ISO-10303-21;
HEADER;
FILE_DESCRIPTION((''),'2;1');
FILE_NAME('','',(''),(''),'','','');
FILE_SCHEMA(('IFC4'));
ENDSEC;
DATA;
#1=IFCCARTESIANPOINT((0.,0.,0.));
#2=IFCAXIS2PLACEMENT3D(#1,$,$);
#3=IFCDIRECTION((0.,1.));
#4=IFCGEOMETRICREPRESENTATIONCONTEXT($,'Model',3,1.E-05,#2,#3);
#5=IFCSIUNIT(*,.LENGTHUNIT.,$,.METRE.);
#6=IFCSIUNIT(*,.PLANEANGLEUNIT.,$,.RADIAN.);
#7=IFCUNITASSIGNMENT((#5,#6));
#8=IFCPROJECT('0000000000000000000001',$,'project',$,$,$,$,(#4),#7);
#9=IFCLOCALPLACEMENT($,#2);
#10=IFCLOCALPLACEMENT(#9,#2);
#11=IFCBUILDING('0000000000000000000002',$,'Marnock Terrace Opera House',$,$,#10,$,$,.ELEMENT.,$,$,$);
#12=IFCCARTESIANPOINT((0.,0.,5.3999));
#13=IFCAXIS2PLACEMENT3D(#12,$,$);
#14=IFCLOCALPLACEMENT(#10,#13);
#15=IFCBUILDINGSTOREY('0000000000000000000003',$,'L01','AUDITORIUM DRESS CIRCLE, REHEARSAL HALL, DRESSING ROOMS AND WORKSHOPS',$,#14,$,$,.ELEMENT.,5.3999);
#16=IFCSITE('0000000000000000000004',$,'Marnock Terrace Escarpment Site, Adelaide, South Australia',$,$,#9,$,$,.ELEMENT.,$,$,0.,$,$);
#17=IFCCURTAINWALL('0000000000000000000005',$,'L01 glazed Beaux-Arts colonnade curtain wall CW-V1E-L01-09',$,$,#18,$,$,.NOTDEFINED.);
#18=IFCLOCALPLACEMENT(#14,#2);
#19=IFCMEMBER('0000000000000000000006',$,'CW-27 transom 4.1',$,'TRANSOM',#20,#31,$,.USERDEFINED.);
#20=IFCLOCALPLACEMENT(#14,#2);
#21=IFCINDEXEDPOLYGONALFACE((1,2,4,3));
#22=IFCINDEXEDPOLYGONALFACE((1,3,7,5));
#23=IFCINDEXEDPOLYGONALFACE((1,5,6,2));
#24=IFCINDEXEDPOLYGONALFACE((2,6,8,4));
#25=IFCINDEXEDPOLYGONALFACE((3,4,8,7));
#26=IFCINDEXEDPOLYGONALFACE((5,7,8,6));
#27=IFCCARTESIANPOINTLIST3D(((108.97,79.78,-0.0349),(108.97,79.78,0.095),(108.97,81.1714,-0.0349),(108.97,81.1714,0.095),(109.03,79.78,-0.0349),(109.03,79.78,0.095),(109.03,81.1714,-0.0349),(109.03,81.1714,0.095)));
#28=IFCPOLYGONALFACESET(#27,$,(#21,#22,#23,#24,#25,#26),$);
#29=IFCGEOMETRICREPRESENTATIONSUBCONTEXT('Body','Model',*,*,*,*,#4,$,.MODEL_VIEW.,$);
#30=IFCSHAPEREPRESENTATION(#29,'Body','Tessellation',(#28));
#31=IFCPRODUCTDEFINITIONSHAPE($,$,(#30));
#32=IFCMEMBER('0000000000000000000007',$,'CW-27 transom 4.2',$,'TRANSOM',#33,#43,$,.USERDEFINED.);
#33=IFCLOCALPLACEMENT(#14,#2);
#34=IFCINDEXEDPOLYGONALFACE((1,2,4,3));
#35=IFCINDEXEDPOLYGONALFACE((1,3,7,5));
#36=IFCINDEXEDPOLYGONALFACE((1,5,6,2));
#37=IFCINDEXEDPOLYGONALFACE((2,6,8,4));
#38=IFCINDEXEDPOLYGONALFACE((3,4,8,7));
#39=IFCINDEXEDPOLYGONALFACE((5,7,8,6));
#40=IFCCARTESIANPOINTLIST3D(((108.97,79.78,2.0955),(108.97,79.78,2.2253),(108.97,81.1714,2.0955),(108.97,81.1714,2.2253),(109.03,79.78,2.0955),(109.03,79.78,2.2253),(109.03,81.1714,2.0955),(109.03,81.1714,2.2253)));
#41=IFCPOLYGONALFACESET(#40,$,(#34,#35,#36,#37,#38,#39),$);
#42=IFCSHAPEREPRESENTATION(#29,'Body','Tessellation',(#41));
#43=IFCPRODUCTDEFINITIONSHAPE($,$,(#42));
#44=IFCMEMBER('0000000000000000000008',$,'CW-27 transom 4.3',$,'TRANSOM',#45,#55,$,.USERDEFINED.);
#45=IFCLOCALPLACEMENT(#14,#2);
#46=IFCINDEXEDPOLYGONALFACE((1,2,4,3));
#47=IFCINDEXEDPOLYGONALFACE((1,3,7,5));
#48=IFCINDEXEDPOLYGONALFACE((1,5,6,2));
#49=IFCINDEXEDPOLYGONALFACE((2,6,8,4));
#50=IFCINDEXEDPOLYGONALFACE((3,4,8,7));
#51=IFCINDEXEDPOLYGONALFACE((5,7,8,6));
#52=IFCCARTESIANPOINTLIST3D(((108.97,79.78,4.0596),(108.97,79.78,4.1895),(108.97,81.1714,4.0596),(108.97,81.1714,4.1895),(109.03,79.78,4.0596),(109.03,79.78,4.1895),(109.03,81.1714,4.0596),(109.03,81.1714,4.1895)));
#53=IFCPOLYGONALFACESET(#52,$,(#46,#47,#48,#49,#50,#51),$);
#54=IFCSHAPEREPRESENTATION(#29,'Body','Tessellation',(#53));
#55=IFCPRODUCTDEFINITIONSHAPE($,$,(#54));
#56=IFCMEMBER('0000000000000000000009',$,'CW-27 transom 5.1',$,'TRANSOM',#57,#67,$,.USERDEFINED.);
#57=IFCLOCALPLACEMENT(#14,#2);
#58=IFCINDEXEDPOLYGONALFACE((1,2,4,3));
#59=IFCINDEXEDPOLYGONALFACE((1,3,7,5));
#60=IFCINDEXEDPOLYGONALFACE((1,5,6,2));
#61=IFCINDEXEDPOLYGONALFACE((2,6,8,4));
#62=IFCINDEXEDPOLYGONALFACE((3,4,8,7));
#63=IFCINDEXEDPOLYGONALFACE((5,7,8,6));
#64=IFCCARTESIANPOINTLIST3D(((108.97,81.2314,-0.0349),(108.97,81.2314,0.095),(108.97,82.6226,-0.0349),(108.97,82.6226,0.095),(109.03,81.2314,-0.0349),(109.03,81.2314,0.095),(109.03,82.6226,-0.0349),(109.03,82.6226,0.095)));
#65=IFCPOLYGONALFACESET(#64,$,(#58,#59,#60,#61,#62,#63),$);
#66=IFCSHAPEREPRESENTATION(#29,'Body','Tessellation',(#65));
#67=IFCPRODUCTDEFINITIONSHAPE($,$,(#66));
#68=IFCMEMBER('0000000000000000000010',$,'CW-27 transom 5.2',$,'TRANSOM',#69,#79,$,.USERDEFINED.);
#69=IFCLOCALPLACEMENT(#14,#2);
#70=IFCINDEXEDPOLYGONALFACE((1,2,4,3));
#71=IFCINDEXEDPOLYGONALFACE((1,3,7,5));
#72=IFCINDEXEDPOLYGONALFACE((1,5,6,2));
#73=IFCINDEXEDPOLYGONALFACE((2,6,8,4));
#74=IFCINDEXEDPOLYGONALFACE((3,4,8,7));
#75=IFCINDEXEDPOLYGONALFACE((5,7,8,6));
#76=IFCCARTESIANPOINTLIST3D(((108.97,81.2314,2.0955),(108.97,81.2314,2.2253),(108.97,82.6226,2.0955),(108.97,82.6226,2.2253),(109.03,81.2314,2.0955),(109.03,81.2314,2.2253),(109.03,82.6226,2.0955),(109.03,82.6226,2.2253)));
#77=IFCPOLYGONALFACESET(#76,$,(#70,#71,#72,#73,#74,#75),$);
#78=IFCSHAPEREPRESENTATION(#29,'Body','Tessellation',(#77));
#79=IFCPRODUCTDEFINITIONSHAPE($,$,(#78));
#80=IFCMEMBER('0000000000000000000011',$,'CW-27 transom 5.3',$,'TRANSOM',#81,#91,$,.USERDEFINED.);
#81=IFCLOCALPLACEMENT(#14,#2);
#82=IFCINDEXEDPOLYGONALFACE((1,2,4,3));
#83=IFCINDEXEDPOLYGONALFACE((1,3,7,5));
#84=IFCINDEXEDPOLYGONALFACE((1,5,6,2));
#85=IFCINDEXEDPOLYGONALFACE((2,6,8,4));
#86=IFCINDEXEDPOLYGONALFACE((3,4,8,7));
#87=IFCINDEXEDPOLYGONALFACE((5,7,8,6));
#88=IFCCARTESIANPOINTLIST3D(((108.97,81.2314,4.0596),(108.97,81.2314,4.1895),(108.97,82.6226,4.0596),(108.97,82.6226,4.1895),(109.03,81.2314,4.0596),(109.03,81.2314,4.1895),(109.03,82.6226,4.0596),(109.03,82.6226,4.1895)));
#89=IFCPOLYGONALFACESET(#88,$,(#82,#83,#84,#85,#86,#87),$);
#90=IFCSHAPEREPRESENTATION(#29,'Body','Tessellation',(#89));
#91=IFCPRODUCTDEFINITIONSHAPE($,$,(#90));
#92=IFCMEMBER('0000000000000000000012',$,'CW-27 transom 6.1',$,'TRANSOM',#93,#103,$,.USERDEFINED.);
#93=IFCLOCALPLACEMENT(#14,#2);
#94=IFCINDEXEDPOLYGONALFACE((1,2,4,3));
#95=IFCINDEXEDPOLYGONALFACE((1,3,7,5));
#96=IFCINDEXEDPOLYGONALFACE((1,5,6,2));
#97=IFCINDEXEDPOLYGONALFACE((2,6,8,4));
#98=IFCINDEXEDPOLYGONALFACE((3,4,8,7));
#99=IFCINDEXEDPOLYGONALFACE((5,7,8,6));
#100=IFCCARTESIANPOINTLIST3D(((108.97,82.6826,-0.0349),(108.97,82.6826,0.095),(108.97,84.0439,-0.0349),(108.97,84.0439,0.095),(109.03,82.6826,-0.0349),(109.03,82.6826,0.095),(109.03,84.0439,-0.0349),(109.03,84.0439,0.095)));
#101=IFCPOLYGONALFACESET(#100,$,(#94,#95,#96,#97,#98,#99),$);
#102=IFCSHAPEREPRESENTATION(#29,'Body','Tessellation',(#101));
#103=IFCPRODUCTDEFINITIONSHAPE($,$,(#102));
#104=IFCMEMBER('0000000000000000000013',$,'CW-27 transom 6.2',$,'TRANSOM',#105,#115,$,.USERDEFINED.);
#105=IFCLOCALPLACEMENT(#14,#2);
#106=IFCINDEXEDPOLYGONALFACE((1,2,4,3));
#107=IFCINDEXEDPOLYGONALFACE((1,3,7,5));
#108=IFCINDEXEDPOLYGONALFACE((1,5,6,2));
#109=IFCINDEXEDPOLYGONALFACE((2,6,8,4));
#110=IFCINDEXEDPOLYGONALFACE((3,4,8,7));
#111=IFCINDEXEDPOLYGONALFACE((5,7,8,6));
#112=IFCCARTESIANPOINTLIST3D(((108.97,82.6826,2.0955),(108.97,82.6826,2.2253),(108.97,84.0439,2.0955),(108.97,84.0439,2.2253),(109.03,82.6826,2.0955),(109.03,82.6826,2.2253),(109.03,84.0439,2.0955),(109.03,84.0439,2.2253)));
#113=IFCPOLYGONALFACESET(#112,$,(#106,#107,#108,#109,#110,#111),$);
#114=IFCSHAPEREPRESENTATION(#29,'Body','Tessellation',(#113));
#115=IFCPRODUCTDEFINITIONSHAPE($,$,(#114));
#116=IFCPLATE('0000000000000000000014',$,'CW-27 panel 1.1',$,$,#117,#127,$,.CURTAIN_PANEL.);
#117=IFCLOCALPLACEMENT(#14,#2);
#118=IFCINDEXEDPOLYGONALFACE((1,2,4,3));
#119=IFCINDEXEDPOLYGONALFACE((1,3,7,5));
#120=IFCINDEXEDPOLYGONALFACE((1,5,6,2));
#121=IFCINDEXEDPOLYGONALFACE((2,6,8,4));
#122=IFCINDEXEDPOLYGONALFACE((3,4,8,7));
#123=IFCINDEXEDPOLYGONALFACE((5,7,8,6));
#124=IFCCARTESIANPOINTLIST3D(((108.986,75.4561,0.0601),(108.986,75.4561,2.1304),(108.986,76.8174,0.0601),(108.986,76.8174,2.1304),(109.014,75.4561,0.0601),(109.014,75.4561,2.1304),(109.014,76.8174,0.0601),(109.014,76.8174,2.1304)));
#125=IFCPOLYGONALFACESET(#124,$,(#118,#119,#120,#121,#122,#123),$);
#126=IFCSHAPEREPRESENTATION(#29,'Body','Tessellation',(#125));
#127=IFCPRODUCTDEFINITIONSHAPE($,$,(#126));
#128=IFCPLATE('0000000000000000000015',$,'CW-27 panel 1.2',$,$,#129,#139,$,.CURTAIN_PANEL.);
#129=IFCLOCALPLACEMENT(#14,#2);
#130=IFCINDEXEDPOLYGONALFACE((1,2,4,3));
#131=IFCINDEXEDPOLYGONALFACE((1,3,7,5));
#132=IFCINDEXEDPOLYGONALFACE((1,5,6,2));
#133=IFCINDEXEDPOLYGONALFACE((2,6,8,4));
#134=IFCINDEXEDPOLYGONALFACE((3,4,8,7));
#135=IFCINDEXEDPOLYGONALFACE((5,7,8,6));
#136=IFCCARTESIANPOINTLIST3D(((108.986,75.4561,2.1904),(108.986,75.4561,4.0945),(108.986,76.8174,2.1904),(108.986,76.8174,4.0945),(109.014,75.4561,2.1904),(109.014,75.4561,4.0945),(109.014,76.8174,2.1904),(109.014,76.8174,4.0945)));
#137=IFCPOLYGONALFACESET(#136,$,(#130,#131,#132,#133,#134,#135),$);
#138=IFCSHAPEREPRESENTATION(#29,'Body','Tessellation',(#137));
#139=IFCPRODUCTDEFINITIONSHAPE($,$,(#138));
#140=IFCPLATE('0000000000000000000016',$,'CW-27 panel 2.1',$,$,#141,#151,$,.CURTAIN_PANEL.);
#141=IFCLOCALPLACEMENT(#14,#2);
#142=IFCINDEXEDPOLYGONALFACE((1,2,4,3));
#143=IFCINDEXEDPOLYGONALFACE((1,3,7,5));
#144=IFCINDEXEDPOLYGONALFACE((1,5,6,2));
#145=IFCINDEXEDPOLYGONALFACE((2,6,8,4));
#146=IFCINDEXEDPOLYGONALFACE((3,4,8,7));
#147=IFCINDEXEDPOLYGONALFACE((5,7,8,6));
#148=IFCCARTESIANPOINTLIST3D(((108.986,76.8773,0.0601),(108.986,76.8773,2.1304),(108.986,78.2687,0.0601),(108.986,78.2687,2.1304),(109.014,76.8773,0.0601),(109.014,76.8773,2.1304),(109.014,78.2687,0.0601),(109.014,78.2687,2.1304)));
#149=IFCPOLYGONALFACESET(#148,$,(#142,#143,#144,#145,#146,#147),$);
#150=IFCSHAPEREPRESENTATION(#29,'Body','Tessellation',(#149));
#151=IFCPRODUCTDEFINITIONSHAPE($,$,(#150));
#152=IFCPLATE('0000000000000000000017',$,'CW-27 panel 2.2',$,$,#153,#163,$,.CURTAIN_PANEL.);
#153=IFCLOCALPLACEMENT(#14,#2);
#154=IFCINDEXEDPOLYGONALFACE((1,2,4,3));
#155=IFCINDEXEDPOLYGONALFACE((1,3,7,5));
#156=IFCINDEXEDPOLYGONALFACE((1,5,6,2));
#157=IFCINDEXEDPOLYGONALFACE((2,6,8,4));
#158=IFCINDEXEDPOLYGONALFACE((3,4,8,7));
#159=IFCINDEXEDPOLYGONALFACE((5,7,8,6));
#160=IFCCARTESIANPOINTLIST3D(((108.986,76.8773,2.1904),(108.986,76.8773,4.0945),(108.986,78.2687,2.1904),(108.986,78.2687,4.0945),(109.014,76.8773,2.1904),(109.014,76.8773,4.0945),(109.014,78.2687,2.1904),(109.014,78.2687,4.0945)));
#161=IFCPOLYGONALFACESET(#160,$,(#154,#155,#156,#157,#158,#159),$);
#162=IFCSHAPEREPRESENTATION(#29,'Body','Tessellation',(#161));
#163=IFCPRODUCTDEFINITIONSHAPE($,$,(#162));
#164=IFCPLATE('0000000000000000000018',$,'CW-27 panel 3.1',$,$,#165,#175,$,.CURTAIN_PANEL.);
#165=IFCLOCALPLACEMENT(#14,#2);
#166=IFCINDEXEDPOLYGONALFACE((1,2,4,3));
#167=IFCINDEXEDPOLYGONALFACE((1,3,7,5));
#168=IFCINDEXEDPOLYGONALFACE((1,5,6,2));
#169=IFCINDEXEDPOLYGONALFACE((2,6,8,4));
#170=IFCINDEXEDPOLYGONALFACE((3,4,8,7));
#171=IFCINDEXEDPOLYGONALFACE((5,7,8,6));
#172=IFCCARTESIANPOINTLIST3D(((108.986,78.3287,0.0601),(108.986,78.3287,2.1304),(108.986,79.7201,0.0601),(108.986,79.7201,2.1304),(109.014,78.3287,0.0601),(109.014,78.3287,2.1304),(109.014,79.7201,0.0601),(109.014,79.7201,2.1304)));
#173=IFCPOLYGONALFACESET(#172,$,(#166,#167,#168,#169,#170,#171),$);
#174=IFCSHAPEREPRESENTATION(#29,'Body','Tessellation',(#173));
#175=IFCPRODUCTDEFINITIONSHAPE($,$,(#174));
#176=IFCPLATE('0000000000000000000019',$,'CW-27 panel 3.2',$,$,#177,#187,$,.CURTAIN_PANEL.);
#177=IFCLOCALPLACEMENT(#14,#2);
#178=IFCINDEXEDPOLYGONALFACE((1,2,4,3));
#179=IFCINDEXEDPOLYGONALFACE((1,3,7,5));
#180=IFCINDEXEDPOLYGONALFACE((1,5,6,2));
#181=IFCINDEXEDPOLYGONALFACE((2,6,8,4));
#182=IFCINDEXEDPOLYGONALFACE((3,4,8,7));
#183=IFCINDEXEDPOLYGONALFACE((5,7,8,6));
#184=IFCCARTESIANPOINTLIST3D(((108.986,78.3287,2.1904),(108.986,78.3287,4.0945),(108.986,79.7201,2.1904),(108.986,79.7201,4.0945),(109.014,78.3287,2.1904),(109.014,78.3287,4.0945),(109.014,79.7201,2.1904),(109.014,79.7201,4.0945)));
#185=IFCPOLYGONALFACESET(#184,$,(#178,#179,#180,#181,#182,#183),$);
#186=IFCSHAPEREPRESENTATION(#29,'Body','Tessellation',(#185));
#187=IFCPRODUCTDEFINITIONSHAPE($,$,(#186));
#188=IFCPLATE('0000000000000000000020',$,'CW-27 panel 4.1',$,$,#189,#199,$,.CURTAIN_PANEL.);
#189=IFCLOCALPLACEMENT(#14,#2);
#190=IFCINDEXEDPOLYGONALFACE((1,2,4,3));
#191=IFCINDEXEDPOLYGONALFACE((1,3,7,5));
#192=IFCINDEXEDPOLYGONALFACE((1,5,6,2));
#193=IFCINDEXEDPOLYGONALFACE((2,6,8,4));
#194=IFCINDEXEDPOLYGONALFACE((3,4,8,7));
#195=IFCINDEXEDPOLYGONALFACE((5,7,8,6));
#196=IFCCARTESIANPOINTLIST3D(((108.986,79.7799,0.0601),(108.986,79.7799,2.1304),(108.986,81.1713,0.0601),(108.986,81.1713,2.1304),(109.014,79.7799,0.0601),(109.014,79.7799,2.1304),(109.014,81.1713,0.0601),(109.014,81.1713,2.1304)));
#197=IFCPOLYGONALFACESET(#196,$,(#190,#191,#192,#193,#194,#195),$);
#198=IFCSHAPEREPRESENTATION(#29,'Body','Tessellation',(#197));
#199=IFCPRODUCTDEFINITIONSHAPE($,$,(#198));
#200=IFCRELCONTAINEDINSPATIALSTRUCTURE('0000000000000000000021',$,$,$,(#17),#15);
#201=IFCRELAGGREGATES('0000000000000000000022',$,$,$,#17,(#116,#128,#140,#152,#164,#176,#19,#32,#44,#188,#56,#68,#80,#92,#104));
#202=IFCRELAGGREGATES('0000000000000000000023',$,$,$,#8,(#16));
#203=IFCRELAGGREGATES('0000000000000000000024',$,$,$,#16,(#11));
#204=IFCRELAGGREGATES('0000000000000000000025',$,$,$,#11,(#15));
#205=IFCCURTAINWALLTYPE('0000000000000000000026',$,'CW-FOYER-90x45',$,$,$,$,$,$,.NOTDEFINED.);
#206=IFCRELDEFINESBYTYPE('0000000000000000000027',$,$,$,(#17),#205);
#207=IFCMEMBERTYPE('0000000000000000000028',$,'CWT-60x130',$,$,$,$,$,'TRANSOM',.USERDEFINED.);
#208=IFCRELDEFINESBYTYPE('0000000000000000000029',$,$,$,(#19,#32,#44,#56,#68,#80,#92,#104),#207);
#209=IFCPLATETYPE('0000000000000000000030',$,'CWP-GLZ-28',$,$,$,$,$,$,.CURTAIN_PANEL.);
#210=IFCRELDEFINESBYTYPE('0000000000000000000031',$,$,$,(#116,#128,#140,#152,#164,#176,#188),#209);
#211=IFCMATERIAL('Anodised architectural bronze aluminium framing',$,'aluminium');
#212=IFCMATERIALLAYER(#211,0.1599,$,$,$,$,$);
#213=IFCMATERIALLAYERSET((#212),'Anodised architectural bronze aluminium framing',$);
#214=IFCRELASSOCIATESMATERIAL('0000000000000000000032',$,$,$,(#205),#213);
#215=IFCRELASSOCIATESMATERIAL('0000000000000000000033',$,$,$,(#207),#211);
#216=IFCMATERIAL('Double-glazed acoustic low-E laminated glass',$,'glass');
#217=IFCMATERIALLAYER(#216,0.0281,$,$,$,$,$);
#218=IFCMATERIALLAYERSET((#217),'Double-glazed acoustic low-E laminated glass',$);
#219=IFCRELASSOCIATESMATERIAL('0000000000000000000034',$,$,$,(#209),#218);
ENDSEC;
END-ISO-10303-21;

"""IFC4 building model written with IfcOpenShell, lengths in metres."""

from ifc_helpers import new_model, si_unit, direction, frame, origin, origin_2d, place, context, subcontext, project, spatial, rectangle, extrude, material, layer, layer_set, material_profile, profile_set, type_object, element, aggregate, save


model = new_model("IFC4")

# Units and contexts
model_context = context("Model", 3, precision=1e-05, world=origin(), true_north=direction((0.0, 1.0)))
body_context = subcontext(model_context, "Body", "Model", "MODEL_VIEW")
ifc_project = project(units=[si_unit("LENGTHUNIT", "METRE"), si_unit("PLANEANGLEUNIT", "RADIAN")], contexts=[model_context])

# Site, building, storey
site_placement = place(None, origin())
site = spatial("IfcSite", under=ifc_project, at=site_placement, Name="Marnock Terrace Escarpment Site, Adelaide, South Australia", CompositionType="ELEMENT", RefElevation=0.0)
building_placement = place(site_placement, origin())
building = spatial("IfcBuilding", under=site, at=building_placement, Name="Marnock Terrace Opera House", CompositionType="ELEMENT")
storey_placement = place(building_placement, frame((0.0, 0.0, 5.3999)))
storey = spatial("IfcBuildingStorey", under=building, at=storey_placement, Name="L01", Description="AUDITORIUM DRESS CIRCLE, REHEARSAL HALL, DRESSING ROOMS AND WORKSHOPS", CompositionType="ELEMENT", Elevation=5.3999)

# Curtain wall, members, plates
ifc_material_1 = material(Name="Anodised architectural bronze aluminium framing", Category="aluminium")
ifc_layer_1 = layer(ifc_material_1, 0.1599)
ifc_layer_set_1 = layer_set([ifc_layer_1], Name="Anodised architectural bronze aluminium framing")
curtain_wall_type = type_object("IfcCurtainWallType", Name="CW-FOYER-90x45", PredefinedType="NOTDEFINED", material=ifc_layer_set_1)
curtain_wall_placement = place(storey_placement, origin())
curtain_wall = element("IfcCurtainWall", 1, at=curtain_wall_placement, inside=storey, type_object=curtain_wall_type, Name="L01 glazed Beaux-Arts colonnade curtain wall CW-V1E-L01-09", PredefinedType="NOTDEFINED")
ifc_material_profile_1 = material_profile(ifc_material_1, rectangle(XDim=0.0601, YDim=0.1299, at=origin_2d()))
ifc_profile_set_1 = profile_set([ifc_material_profile_1], Name="Anodised architectural bronze aluminium framing")
member_type_1 = type_object("IfcMemberType", Name="CWT-60x130", ElementType="TRANSOM", PredefinedType="USERDEFINED", material=ifc_profile_set_1)
member_1_placement = place(storey_placement, frame((109.0, 79.78, 0.03), z_axis=(0.0, 1.0, 0.0), x_axis=(-1.0, 0.0, 0.0)))
member_1 = element("IfcMember", 2, at=member_1_placement, type_object=member_type_1, Name="CW-27 transom 4.1", ObjectType="TRANSOM", PredefinedType="USERDEFINED", context=body_context, shape_type="SweptSolid", body=[
    extrude(rectangle(XDim=0.0601, YDim=0.1299, at=origin_2d()), origin(), (0.0, 0.0, 1.0), 1.3914),
])
member_2_placement = place(storey_placement, frame((109.0, 79.78, 2.1604), z_axis=(0.0, 1.0, 0.0), x_axis=(-1.0, 0.0, 0.0)))
member_2 = element("IfcMember", 3, at=member_2_placement, type_object=member_type_1, Name="CW-27 transom 4.2", ObjectType="TRANSOM", PredefinedType="USERDEFINED", context=body_context, shape_type="SweptSolid", body=[
    extrude(rectangle(XDim=0.0601, YDim=0.1299, at=origin_2d()), origin(), (0.0, 0.0, 1.0), 1.3914),
])
member_3_placement = place(storey_placement, frame((109.0, 79.78, 4.1245), z_axis=(0.0, 1.0, 0.0), x_axis=(-1.0, 0.0, 0.0)))
member_3 = element("IfcMember", 4, at=member_3_placement, type_object=member_type_1, Name="CW-27 transom 4.3", ObjectType="TRANSOM", PredefinedType="USERDEFINED", context=body_context, shape_type="SweptSolid", body=[
    extrude(rectangle(XDim=0.0601, YDim=0.1299, at=origin_2d()), origin(), (0.0, 0.0, 1.0), 1.3914),
])
member_4_placement = place(storey_placement, frame((109.0, 81.2314, 0.03), z_axis=(0.0, 1.0, 0.0), x_axis=(-1.0, 0.0, 0.0)))
member_4 = element("IfcMember", 5, at=member_4_placement, type_object=member_type_1, Name="CW-27 transom 5.1", ObjectType="TRANSOM", PredefinedType="USERDEFINED", context=body_context, shape_type="SweptSolid", body=[
    extrude(rectangle(XDim=0.0601, YDim=0.1299, at=origin_2d()), origin(), (0.0, 0.0, 1.0), 1.3911),
])
member_5_placement = place(storey_placement, frame((109.0, 81.2314, 2.1604), z_axis=(0.0, 1.0, 0.0), x_axis=(-1.0, 0.0, 0.0)))
member_5 = element("IfcMember", 6, at=member_5_placement, type_object=member_type_1, Name="CW-27 transom 5.2", ObjectType="TRANSOM", PredefinedType="USERDEFINED", context=body_context, shape_type="SweptSolid", body=[
    extrude(rectangle(XDim=0.0601, YDim=0.1299, at=origin_2d()), origin(), (0.0, 0.0, 1.0), 1.3911),
])
member_6_placement = place(storey_placement, frame((109.0, 81.2314, 4.1245), z_axis=(0.0, 1.0, 0.0), x_axis=(-1.0, 0.0, 0.0)))
member_6 = element("IfcMember", 7, at=member_6_placement, type_object=member_type_1, Name="CW-27 transom 5.3", ObjectType="TRANSOM", PredefinedType="USERDEFINED", context=body_context, shape_type="SweptSolid", body=[
    extrude(rectangle(XDim=0.0601, YDim=0.1299, at=origin_2d()), origin(), (0.0, 0.0, 1.0), 1.3911),
])
member_7_placement = place(storey_placement, frame((109.0, 82.6826, 0.03), z_axis=(0.0, 1.0, 0.0), x_axis=(-1.0, 0.0, 0.0)))
member_7 = element("IfcMember", 8, at=member_7_placement, type_object=member_type_1, Name="CW-27 transom 6.1", ObjectType="TRANSOM", PredefinedType="USERDEFINED", context=body_context, shape_type="SweptSolid", body=[
    extrude(rectangle(XDim=0.0601, YDim=0.1299, at=origin_2d()), origin(), (0.0, 0.0, 1.0), 1.3613),
])
member_8_placement = place(storey_placement, frame((109.0, 82.6826, 2.1604), z_axis=(0.0, 1.0, 0.0), x_axis=(-1.0, 0.0, 0.0)))
member_8 = element("IfcMember", 9, at=member_8_placement, type_object=member_type_1, Name="CW-27 transom 6.2", ObjectType="TRANSOM", PredefinedType="USERDEFINED", context=body_context, shape_type="SweptSolid", body=[
    extrude(rectangle(XDim=0.0601, YDim=0.1299, at=origin_2d()), origin(), (0.0, 0.0, 1.0), 1.3613),
])
ifc_material_2 = material(Name="Double-glazed acoustic low-E laminated glass", Category="glass")
ifc_layer_2 = layer(ifc_material_2, 0.0281)
ifc_layer_set_2 = layer_set([ifc_layer_2], Name="Double-glazed acoustic low-E laminated glass")
plate_type = type_object("IfcPlateType", Name="CWP-GLZ-28", PredefinedType="CURTAIN_PANEL", material=ifc_layer_set_2)
plate_1_placement = place(storey_placement, frame((109.0, 76.1367, 0.0601), z_axis=(0.0, 0.0, 1.0), x_axis=(0.0, 1.0, 0.0)))
plate_1 = element("IfcPlate", 10, at=plate_1_placement, type_object=plate_type, Name="CW-27 panel 1.1", PredefinedType="CURTAIN_PANEL", context=body_context, shape_type="SweptSolid", body=[
    extrude(rectangle(XDim=1.3613, YDim=0.0281, at=origin_2d()), origin(), (0.0, 0.0, 1.0), 2.0703),
])
plate_2_placement = place(storey_placement, frame((109.0, 76.1367, 2.1904), z_axis=(0.0, 0.0, 1.0), x_axis=(0.0, 1.0, 0.0)))
plate_2 = element("IfcPlate", 11, at=plate_2_placement, type_object=plate_type, Name="CW-27 panel 1.2", PredefinedType="CURTAIN_PANEL", context=body_context, shape_type="SweptSolid", body=[
    extrude(rectangle(XDim=1.3613, YDim=0.0281, at=origin_2d()), origin(), (0.0, 0.0, 1.0), 1.9041),
])
plate_3_placement = place(storey_placement, frame((109.0, 77.573, 0.0601), z_axis=(0.0, 0.0, 1.0), x_axis=(0.0, 1.0, 0.0)))
plate_3 = element("IfcPlate", 12, at=plate_3_placement, type_object=plate_type, Name="CW-27 panel 2.1", PredefinedType="CURTAIN_PANEL", context=body_context, shape_type="SweptSolid", body=[
    extrude(rectangle(XDim=1.3914, YDim=0.0281, at=origin_2d()), origin(), (0.0, 0.0, 1.0), 2.0703),
])
plate_4_placement = place(storey_placement, frame((109.0, 77.573, 2.1904), z_axis=(0.0, 0.0, 1.0), x_axis=(0.0, 1.0, 0.0)))
plate_4 = element("IfcPlate", 13, at=plate_4_placement, type_object=plate_type, Name="CW-27 panel 2.2", PredefinedType="CURTAIN_PANEL", context=body_context, shape_type="SweptSolid", body=[
    extrude(rectangle(XDim=1.3914, YDim=0.0281, at=origin_2d()), origin(), (0.0, 0.0, 1.0), 1.9041),
])
plate_5_placement = place(storey_placement, frame((109.0, 79.0244, 0.0601), z_axis=(0.0, 0.0, 1.0), x_axis=(0.0, 1.0, 0.0)))
plate_5 = element("IfcPlate", 14, at=plate_5_placement, type_object=plate_type, Name="CW-27 panel 3.1", PredefinedType="CURTAIN_PANEL", context=body_context, shape_type="SweptSolid", body=[
    extrude(rectangle(XDim=1.3914, YDim=0.0281, at=origin_2d()), origin(), (0.0, 0.0, 1.0), 2.0703),
])
plate_6_placement = place(storey_placement, frame((109.0, 79.0244, 2.1904), z_axis=(0.0, 0.0, 1.0), x_axis=(0.0, 1.0, 0.0)))
plate_6 = element("IfcPlate", 15, at=plate_6_placement, type_object=plate_type, Name="CW-27 panel 3.2", PredefinedType="CURTAIN_PANEL", context=body_context, shape_type="SweptSolid", body=[
    extrude(rectangle(XDim=1.3914, YDim=0.0281, at=origin_2d()), origin(), (0.0, 0.0, 1.0), 1.9041),
])
plate_7_placement = place(storey_placement, frame((109.0, 80.4756, 0.0601), z_axis=(0.0, 0.0, 1.0), x_axis=(0.0, 1.0, 0.0)))
plate_7 = element("IfcPlate", 16, at=plate_7_placement, type_object=plate_type, Name="CW-27 panel 4.1", PredefinedType="CURTAIN_PANEL", context=body_context, shape_type="SweptSolid", body=[
    extrude(rectangle(XDim=1.3914, YDim=0.0281, at=origin_2d()), origin(), (0.0, 0.0, 1.0), 2.0703),
])
aggregate(curtain_wall, [plate_1, plate_2, plate_3, plate_4, plate_5, plate_6, member_1, member_2, member_3, plate_7, member_4, member_5, member_6, member_7, member_8])

save(model, "model.ifc")
